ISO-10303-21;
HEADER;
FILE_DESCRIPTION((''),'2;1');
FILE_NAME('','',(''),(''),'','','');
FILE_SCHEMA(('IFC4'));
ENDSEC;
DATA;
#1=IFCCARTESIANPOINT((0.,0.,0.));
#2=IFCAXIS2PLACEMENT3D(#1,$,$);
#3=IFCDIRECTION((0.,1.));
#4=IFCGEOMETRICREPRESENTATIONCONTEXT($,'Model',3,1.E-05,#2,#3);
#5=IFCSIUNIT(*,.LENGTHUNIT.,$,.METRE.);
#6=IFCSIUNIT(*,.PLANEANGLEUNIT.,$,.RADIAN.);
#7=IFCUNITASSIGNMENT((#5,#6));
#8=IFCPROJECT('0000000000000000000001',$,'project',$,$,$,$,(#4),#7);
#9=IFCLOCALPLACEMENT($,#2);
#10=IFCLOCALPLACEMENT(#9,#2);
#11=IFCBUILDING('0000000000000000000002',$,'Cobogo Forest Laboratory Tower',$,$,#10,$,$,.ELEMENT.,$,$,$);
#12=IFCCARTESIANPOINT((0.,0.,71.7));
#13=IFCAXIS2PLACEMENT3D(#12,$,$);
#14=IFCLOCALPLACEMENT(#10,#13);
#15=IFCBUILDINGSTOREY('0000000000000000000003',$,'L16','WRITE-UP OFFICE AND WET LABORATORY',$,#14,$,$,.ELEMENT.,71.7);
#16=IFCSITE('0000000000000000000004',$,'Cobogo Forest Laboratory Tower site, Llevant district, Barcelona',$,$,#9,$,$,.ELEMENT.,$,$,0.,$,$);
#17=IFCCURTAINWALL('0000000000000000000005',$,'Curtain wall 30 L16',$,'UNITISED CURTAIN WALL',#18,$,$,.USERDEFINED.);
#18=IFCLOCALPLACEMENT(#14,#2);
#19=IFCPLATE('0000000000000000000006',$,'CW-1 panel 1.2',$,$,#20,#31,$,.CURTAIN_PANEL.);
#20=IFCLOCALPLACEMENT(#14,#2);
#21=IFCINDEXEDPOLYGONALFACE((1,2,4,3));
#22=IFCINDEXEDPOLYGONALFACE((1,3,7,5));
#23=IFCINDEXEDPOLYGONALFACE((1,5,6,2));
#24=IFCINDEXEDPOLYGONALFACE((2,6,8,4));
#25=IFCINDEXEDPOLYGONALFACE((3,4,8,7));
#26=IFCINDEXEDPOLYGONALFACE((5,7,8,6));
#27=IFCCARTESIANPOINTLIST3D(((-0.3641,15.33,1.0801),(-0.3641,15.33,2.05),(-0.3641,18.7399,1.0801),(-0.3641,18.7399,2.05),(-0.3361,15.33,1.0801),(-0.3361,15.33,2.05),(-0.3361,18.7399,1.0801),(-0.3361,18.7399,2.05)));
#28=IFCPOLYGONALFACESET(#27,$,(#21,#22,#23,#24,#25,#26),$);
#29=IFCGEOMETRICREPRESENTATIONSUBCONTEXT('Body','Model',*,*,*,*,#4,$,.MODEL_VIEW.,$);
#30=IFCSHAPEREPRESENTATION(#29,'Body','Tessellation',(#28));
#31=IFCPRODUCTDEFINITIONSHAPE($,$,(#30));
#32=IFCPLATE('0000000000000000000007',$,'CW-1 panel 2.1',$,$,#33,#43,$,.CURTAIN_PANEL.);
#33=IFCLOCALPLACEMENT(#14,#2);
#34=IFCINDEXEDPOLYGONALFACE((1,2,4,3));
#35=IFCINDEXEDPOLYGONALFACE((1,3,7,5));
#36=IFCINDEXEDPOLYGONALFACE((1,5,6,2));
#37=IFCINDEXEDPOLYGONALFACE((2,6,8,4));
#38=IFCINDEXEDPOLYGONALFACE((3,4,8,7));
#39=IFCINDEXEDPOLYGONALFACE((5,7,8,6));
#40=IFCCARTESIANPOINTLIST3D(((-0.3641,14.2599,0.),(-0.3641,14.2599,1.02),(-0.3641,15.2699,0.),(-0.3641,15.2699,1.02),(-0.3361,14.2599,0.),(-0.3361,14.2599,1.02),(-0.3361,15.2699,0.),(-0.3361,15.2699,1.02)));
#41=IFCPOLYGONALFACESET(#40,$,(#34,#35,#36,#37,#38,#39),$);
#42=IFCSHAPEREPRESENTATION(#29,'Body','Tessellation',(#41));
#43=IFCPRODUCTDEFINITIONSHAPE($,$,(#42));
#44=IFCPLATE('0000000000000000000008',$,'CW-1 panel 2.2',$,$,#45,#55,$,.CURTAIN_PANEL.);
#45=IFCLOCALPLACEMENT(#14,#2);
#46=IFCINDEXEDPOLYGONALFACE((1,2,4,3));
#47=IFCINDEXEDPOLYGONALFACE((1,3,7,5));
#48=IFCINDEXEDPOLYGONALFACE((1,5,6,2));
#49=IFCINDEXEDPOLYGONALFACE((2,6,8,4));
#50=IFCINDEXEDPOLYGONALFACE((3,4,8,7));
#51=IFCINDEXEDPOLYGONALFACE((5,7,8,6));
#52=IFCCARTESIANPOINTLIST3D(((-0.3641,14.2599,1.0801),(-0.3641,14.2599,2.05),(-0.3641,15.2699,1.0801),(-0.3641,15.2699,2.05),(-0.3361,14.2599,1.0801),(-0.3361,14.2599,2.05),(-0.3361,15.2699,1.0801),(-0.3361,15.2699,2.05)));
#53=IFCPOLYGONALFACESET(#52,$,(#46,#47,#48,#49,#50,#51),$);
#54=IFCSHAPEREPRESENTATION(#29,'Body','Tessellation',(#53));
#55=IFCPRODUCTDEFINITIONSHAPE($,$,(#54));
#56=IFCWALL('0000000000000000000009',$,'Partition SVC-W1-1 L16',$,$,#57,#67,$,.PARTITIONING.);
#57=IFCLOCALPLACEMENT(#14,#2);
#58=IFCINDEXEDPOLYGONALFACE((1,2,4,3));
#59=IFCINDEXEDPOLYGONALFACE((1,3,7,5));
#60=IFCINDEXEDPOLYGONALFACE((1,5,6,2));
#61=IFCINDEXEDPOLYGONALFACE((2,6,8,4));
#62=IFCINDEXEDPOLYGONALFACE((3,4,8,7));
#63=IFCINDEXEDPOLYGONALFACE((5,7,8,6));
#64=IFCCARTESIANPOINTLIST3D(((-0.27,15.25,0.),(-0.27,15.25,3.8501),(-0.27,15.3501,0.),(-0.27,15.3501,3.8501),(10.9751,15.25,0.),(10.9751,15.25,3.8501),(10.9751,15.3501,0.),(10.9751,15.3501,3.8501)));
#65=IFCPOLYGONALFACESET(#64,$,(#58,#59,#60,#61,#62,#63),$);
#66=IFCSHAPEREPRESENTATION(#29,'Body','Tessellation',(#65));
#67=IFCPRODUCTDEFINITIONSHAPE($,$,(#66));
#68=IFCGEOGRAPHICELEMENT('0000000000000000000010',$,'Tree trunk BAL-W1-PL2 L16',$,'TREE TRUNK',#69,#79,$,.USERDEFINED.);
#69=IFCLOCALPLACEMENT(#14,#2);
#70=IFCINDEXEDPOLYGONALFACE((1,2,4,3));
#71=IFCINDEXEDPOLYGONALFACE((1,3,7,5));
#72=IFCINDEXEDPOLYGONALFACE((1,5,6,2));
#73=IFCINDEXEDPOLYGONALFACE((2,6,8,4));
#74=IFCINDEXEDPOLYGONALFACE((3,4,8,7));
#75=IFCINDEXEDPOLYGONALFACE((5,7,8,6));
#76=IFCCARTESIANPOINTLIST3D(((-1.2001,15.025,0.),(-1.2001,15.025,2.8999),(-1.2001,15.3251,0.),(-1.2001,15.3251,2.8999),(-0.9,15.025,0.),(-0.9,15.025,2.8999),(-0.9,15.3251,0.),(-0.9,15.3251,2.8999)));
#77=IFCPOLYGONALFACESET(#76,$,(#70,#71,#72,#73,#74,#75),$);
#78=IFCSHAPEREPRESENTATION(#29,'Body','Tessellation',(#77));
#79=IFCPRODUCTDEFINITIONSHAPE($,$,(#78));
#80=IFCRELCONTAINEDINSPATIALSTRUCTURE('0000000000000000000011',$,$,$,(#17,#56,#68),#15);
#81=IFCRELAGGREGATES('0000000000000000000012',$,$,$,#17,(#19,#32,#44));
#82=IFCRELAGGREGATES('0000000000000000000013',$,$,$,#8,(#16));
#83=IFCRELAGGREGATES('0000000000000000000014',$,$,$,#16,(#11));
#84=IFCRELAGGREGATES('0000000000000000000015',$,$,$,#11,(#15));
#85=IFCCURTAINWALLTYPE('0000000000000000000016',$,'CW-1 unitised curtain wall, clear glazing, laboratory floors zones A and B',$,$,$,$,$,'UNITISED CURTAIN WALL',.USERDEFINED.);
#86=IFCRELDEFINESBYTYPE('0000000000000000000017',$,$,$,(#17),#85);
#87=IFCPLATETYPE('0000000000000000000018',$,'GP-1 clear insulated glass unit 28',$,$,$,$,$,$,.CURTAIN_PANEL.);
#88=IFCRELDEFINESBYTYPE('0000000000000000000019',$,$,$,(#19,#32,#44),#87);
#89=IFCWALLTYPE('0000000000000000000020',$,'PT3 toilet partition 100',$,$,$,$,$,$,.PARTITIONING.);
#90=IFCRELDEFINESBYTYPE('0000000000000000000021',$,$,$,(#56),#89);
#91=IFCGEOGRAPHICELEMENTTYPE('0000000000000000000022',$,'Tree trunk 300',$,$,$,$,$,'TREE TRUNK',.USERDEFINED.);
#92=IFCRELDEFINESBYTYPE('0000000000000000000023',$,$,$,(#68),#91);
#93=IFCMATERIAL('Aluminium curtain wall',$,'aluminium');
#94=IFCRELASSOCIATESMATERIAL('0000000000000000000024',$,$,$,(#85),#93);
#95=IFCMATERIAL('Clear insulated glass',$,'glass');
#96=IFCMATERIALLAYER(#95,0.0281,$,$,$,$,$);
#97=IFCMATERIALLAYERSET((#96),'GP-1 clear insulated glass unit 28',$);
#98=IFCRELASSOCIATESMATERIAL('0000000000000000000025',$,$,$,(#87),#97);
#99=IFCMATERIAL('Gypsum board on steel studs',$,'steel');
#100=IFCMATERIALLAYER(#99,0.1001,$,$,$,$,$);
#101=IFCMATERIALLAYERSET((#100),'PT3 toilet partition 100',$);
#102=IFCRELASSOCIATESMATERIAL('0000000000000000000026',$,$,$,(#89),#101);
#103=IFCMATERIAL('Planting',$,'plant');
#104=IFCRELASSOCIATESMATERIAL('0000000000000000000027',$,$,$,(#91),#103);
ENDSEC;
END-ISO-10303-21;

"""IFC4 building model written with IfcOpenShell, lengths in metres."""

from ifc_helpers import new_model, si_unit, direction, frame, frame_2d, origin, origin_2d, place, context, subcontext, project, spatial, rectangle, extrude, material, layer, layer_set, type_object, element, aggregate, save


model = new_model("IFC4")

# Units and contexts
model_context = context("Model", 3, precision=1e-05, world=origin(), true_north=direction((0.0, 1.0)))
body_context = subcontext(model_context, "Body", "Model", "MODEL_VIEW")
ifc_project = project(units=[si_unit("LENGTHUNIT", "METRE"), si_unit("PLANEANGLEUNIT", "RADIAN")], contexts=[model_context])

# Site, building, storey
site_placement = place(None, origin())
site = spatial("IfcSite", under=ifc_project, at=site_placement, Name="Cobogo Forest Laboratory Tower site, Llevant district, Barcelona", CompositionType="ELEMENT", RefElevation=0.0)
building_placement = place(site_placement, origin())
building = spatial("IfcBuilding", under=site, at=building_placement, Name="Cobogo Forest Laboratory Tower", CompositionType="ELEMENT")
storey_placement = place(building_placement, frame((0.0, 0.0, 71.7)))
storey = spatial("IfcBuildingStorey", under=building, at=storey_placement, Name="L16", Description="WRITE-UP OFFICE AND WET LABORATORY", CompositionType="ELEMENT", Elevation=71.7)

# Shared definitions
ifc_material_1 = material(Name="Aluminium curtain wall", Category="aluminium")
curtain_wall_type = type_object("IfcCurtainWallType", Name="CW-1 unitised curtain wall, clear glazing, laboratory floors zones A and B", ElementType="UNITISED CURTAIN WALL", PredefinedType="USERDEFINED", material=ifc_material_1)

# Curtain wall
curtain_wall_1_placement = place(storey_placement, origin())
curtain_wall_1 = element("IfcCurtainWall", 1, at=curtain_wall_1_placement, inside=storey, type_object=curtain_wall_type, Name="Curtain wall 30 L16", ObjectType="UNITISED CURTAIN WALL", PredefinedType="USERDEFINED")

# Plates
ifc_material_2 = material(Name="Clear insulated glass", Category="glass")
ifc_layer_1 = layer(ifc_material_2, 0.0281)
ifc_layer_set_1 = layer_set([ifc_layer_1], Name="GP-1 clear insulated glass unit 28")
plate_type_1 = type_object("IfcPlateType", Name="GP-1 clear insulated glass unit 28", PredefinedType="CURTAIN_PANEL", material=ifc_layer_set_1)
plate_1_placement = place(storey_placement, frame((-0.3501, 17.0349, 1.0801), z_axis=(0.0, 0.0, 1.0), x_axis=(0.0, -1.0, 0.0)))
plate_1 = element("IfcPlate", 2, at=plate_1_placement, type_object=plate_type_1, Name="CW-1 panel 1.2", PredefinedType="CURTAIN_PANEL", context=body_context, shape_type="SweptSolid", body=[
    extrude(rectangle(XDim=3.4099, YDim=0.0281, at=origin_2d()), origin(), (0.0, 0.0, 1.0), 0.97),
])
plate_2_placement = place(storey_placement, frame((-0.3501, 14.7649, 0.0), z_axis=(0.0, 0.0, 1.0), x_axis=(0.0, -1.0, 0.0)))
plate_2 = element("IfcPlate", 3, at=plate_2_placement, type_object=plate_type_1, Name="CW-1 panel 2.1", PredefinedType="CURTAIN_PANEL", context=body_context, shape_type="SweptSolid", body=[
    extrude(rectangle(XDim=1.01, YDim=0.0281, at=origin_2d()), origin(), (0.0, 0.0, 1.0), 1.02),
])
plate_3_placement = place(storey_placement, frame((-0.3501, 14.7649, 1.0801), z_axis=(0.0, 0.0, 1.0), x_axis=(0.0, -1.0, 0.0)))
plate_3 = element("IfcPlate", 4, at=plate_3_placement, type_object=plate_type_1, Name="CW-1 panel 2.2", PredefinedType="CURTAIN_PANEL", context=body_context, shape_type="SweptSolid", body=[
    extrude(rectangle(XDim=1.01, YDim=0.0281, at=origin_2d()), origin(), (0.0, 0.0, 1.0), 0.97),
])
aggregate(curtain_wall_1, [plate_1, plate_2, plate_3])

# Wall
ifc_material_3 = material(Name="Gypsum board on steel studs", Category="steel")
ifc_layer_2 = layer(ifc_material_3, 0.1001)
ifc_layer_set_2 = layer_set([ifc_layer_2], Name="PT3 toilet partition 100")
wall_type = type_object("IfcWallType", Name="PT3 toilet partition 100", PredefinedType="PARTITIONING", material=ifc_layer_set_2)
wall_placement = place(storey_placement, frame((-0.27, 15.3, 0.0), z_axis=(0.0, 0.0, 1.0), x_axis=(1.0, 0.0, 0.0)))
element("IfcWall", 5, at=wall_placement, inside=storey, type_object=wall_type, Name="Partition SVC-W1-1 L16", PredefinedType="PARTITIONING", context=body_context, shape_type="SweptSolid", body=[
    extrude(rectangle(XDim=11.2451, YDim=0.1001, at=frame_2d((5.6226, 0.0))), origin(), (0.0, 0.0, 1.0), 3.8501),
])

# Geographic element
ifc_material_4 = material(Name="Planting", Category="plant")
geographic_element_type = type_object("IfcGeographicElementType", Name="Tree trunk 300", ElementType="TREE TRUNK", PredefinedType="USERDEFINED", material=ifc_material_4)
geographic_element_placement = place(storey_placement, frame((-1.05, 15.175, 0.0), z_axis=(0.0, 0.0, 1.0), x_axis=(1.0, 0.0, 0.0)))
element("IfcGeographicElement", 6, at=geographic_element_placement, inside=storey, type_object=geographic_element_type, Name="Tree trunk BAL-W1-PL2 L16", ObjectType="TREE TRUNK", PredefinedType="USERDEFINED", context=body_context, shape_type="SweptSolid", body=[
    extrude(rectangle(XDim=0.3, YDim=0.3, at=origin_2d()), origin(), (0.0, 0.0, 1.0), 2.8999),
])

save(model, "model.ifc")
